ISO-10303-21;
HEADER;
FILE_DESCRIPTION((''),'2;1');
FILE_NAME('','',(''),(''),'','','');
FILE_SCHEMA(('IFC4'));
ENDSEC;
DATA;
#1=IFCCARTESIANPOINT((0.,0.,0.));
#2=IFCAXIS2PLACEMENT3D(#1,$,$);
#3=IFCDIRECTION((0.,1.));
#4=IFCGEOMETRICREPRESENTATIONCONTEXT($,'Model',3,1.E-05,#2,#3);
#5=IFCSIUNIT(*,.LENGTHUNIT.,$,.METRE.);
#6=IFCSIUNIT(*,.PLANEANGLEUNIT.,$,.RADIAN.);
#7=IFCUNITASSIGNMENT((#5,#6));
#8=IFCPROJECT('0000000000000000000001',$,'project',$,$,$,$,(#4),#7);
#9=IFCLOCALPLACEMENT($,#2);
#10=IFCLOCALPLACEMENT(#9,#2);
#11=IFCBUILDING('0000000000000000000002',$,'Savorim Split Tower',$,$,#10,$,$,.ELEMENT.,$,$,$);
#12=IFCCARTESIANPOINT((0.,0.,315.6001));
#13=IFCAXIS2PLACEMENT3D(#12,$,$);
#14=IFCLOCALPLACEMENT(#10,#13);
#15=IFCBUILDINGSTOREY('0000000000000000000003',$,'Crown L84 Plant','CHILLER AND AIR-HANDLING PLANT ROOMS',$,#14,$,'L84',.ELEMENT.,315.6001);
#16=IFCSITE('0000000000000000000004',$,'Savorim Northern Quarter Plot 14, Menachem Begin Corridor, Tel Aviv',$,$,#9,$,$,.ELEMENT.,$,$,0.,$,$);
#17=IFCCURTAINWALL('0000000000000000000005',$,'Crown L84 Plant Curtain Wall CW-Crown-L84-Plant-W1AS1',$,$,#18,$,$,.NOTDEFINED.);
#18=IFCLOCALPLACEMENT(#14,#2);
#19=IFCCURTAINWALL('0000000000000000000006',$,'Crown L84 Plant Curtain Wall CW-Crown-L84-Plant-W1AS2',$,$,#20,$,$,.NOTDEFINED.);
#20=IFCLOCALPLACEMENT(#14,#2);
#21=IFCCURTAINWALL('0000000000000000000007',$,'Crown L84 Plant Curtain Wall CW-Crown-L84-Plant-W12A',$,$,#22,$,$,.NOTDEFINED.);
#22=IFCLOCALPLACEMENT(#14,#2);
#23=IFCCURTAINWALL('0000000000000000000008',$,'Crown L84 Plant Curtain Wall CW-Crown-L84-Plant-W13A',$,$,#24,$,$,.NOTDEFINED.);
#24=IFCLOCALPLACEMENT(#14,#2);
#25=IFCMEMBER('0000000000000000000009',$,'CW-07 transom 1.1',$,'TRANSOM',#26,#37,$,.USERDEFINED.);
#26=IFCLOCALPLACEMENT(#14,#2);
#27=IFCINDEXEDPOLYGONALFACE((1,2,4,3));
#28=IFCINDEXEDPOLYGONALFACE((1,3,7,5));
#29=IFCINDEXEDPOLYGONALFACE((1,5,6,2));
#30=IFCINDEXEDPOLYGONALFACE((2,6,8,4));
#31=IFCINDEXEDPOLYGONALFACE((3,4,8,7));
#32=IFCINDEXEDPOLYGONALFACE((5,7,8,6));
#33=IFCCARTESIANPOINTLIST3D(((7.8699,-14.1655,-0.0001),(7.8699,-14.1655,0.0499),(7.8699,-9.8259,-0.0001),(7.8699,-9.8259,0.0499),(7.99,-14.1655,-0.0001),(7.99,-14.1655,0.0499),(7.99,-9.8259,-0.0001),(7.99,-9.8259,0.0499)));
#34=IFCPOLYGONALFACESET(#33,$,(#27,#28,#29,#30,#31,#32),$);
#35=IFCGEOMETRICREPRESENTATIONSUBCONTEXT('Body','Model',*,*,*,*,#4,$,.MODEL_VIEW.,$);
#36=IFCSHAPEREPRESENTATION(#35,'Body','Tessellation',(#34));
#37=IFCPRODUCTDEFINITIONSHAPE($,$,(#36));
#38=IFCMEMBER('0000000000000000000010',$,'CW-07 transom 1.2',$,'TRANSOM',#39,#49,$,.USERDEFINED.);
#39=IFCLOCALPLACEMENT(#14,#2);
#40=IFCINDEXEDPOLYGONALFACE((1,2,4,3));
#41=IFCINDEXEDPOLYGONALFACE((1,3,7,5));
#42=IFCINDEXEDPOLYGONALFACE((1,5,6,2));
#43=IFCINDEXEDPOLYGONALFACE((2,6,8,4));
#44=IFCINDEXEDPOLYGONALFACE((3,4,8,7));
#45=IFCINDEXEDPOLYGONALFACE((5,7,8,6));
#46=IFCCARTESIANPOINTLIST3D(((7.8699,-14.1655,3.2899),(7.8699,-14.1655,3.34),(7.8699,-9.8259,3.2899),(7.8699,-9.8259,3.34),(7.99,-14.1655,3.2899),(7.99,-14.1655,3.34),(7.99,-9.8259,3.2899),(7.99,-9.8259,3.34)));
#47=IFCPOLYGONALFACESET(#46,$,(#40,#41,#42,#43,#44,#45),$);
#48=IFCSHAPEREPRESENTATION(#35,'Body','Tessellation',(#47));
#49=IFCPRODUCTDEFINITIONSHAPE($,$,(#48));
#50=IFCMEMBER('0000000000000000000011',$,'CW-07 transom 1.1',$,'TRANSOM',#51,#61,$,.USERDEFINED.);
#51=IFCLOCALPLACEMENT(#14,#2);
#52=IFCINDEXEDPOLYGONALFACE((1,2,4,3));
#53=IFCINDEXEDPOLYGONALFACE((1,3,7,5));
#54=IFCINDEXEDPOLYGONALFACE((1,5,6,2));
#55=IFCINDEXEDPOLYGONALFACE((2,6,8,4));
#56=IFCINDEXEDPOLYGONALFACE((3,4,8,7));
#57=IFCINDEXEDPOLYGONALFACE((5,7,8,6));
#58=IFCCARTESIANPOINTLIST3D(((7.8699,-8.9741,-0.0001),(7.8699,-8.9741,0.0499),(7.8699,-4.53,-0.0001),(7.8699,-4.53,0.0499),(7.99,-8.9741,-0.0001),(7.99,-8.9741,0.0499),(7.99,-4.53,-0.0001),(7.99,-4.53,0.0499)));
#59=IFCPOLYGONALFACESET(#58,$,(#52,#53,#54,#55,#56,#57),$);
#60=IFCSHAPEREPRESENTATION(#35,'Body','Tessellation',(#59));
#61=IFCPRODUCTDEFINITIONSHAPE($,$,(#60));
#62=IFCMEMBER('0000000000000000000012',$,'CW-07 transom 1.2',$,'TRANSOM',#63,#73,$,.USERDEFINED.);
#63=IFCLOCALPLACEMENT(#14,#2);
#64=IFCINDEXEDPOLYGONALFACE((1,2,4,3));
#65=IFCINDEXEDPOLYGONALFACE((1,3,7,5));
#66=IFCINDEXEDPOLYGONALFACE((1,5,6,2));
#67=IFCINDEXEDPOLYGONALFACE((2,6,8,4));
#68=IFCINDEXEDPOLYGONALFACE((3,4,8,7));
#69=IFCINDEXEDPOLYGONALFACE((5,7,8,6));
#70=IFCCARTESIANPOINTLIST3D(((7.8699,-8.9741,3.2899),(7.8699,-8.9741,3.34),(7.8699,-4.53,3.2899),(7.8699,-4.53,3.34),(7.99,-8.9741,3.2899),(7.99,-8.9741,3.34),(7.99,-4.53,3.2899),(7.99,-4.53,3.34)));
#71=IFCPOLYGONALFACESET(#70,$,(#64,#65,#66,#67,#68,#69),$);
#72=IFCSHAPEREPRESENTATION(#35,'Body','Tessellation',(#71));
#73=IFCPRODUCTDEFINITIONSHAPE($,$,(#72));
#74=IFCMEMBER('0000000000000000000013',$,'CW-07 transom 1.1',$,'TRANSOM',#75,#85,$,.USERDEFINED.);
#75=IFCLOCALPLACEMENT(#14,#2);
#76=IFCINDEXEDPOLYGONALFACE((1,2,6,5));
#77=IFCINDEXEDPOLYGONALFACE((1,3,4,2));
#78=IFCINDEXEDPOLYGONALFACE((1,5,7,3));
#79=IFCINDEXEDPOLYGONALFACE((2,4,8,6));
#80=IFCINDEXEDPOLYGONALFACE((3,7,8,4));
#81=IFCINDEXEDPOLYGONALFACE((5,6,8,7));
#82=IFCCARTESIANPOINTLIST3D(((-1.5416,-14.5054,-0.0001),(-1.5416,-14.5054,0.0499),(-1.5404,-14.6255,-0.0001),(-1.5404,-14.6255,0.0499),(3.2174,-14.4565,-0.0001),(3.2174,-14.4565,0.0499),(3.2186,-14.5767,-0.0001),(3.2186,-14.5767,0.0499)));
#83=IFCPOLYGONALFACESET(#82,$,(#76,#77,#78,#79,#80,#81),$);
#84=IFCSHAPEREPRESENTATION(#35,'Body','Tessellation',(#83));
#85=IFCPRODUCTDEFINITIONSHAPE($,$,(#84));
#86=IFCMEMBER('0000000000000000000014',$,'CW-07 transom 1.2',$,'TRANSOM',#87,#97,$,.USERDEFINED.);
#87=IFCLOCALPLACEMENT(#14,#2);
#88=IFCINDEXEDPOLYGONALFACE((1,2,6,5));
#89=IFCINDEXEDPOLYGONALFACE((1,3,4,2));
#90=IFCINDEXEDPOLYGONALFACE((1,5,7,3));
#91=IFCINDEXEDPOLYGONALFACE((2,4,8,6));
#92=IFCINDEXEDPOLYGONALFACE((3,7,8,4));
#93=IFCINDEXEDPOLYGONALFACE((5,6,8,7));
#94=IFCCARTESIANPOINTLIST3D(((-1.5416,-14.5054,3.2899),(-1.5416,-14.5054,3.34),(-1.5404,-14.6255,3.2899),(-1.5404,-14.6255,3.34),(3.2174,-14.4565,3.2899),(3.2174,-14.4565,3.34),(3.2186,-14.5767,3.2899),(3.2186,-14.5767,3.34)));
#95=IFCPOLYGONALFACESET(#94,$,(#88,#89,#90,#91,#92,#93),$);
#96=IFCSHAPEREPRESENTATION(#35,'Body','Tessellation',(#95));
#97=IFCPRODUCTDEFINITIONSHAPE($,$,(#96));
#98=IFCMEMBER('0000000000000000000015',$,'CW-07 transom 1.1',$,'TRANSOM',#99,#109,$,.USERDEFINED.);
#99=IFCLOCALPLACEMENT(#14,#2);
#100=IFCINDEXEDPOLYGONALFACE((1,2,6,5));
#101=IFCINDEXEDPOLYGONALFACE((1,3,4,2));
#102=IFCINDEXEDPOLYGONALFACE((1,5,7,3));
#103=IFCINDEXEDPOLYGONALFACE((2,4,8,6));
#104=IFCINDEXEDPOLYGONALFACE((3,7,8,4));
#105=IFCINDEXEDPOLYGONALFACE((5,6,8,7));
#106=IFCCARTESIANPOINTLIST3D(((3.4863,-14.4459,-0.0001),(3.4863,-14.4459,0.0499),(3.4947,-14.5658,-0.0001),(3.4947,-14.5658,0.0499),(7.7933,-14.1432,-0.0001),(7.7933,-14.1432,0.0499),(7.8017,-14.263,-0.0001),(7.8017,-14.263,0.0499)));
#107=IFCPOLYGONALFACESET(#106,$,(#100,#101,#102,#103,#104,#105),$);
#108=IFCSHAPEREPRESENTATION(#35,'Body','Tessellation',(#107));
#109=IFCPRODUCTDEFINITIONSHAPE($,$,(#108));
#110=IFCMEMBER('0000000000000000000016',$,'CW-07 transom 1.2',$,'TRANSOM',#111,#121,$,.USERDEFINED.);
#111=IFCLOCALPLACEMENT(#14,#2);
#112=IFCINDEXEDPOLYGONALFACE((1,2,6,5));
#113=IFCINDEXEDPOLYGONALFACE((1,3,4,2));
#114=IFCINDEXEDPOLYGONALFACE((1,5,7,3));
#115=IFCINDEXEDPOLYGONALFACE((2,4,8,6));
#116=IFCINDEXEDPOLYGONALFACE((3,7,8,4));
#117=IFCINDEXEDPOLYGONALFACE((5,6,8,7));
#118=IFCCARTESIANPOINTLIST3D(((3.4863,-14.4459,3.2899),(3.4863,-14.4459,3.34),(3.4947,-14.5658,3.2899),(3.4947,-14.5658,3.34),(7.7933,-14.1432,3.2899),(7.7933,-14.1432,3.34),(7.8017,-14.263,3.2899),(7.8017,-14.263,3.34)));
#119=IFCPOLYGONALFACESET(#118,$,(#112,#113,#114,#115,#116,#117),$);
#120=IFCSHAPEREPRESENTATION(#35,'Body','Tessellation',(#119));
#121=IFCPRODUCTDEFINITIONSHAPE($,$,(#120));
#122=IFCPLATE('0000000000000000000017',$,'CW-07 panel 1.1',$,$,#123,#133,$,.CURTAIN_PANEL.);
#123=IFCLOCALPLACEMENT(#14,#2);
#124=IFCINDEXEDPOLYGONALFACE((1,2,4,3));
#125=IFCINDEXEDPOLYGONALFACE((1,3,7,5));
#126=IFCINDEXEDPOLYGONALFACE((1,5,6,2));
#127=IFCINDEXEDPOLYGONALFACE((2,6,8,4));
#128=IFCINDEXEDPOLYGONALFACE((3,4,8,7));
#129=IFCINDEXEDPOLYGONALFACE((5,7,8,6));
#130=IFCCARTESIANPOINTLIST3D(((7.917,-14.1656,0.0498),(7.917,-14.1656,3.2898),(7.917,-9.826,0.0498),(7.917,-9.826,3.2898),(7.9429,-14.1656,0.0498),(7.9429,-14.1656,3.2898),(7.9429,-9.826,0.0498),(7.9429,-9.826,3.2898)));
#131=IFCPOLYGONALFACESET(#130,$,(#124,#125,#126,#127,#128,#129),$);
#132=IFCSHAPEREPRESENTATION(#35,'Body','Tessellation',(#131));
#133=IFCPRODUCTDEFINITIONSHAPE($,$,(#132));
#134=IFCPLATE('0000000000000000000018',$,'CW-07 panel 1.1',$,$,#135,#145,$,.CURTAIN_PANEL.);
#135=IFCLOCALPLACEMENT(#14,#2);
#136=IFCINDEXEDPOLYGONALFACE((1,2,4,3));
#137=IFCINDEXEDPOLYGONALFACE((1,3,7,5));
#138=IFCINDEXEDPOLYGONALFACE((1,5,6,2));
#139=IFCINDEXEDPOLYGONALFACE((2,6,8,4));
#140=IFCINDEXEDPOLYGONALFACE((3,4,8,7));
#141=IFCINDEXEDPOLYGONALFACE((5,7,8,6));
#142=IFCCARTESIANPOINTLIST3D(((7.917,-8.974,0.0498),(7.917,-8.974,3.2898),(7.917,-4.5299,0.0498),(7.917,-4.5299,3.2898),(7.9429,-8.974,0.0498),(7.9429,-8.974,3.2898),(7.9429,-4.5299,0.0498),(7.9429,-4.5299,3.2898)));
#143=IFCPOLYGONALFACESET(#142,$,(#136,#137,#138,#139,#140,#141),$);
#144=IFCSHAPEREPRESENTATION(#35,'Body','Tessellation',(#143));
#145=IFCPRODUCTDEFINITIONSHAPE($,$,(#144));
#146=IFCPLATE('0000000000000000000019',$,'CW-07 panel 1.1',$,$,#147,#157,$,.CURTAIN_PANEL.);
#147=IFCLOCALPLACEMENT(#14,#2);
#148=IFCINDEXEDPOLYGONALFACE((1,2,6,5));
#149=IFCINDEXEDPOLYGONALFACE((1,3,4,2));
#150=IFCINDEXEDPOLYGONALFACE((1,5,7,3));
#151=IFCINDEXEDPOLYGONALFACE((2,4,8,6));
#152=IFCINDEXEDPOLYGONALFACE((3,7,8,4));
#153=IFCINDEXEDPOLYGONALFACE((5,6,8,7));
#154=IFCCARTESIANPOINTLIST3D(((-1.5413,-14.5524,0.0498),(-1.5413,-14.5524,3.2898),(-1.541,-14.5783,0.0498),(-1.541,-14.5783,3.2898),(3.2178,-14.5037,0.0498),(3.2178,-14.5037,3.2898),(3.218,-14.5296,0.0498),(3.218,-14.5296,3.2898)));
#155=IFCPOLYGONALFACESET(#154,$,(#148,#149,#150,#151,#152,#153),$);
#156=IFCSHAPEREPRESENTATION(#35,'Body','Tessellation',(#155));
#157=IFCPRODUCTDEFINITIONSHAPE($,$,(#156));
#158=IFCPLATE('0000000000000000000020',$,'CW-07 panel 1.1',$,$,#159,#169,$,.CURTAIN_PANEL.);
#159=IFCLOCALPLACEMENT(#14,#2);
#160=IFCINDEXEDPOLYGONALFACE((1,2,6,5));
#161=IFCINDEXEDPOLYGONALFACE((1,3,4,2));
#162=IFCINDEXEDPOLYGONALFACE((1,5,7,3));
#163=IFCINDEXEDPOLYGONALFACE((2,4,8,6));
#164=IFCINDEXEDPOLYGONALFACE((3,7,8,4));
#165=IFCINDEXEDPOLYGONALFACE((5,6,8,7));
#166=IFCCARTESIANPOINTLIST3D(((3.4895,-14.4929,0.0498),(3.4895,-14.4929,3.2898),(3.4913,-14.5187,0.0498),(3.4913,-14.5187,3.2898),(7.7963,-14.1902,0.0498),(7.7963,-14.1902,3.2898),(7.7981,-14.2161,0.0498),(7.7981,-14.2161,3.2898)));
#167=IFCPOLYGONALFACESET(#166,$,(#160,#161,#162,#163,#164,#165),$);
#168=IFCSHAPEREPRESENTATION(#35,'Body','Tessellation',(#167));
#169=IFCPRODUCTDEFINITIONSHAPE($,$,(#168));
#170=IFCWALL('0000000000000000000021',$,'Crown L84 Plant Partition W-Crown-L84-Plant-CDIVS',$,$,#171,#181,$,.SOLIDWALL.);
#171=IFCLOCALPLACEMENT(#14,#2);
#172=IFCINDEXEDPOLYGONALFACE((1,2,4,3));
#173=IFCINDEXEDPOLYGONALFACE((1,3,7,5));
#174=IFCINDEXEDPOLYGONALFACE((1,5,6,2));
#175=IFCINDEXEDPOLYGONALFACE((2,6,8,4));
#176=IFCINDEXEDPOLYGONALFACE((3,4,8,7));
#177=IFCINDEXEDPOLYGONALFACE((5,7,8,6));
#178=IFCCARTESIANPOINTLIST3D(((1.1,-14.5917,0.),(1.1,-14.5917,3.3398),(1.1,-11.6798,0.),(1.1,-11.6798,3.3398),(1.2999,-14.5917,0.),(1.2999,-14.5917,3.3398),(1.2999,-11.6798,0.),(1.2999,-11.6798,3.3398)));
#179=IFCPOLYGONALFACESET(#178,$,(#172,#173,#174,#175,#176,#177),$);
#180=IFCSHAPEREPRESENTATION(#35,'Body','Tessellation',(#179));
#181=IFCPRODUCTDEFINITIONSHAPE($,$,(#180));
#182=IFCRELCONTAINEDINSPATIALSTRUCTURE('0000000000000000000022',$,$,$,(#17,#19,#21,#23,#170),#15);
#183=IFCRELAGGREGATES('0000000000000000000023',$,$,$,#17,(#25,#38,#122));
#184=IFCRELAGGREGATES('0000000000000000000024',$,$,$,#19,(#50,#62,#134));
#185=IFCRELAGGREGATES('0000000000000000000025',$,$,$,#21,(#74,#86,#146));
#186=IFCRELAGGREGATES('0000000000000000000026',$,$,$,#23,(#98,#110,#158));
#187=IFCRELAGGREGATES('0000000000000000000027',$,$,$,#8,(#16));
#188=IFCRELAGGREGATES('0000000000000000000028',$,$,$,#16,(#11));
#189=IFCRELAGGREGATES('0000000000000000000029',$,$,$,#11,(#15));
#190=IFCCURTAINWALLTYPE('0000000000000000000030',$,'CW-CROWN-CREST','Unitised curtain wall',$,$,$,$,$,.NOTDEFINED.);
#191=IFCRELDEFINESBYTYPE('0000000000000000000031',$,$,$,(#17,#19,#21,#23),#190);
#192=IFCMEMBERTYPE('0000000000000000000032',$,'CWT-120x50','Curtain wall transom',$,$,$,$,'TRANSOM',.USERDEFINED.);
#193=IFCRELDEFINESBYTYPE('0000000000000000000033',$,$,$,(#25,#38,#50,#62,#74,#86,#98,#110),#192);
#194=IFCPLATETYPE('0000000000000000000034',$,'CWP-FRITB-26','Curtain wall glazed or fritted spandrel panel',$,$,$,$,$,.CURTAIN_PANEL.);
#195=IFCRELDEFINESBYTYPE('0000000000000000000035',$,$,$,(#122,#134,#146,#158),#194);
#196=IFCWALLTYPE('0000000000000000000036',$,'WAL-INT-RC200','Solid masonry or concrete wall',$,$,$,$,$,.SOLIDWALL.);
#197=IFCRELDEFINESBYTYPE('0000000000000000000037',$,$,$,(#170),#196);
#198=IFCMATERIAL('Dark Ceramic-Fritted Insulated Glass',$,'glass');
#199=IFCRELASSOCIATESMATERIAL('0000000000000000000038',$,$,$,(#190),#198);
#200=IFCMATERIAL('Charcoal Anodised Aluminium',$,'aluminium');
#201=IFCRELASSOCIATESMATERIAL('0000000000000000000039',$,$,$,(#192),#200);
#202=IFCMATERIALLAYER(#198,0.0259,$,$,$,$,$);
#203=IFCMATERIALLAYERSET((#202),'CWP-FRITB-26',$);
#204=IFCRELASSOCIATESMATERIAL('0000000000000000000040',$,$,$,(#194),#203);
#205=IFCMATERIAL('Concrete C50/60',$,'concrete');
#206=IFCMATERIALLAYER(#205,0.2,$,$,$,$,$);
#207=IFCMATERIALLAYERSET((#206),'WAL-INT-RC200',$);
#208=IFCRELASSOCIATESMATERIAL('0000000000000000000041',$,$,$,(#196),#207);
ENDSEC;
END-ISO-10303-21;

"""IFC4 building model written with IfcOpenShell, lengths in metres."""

from ifc_helpers import new_model, si_unit, direction, frame, frame_2d, origin, origin_2d, place, context, subcontext, project, spatial, rectangle, extrude, material, layer, layer_set, material_profile, profile_set, type_object, element, aggregate, save


model = new_model("IFC4")

# Units and contexts
model_context = context("Model", 3, precision=1e-05, world=origin(), true_north=direction((0.0, 1.0)))
body_context = subcontext(model_context, "Body", "Model", "MODEL_VIEW")
ifc_project = project(units=[si_unit("LENGTHUNIT", "METRE"), si_unit("PLANEANGLEUNIT", "RADIAN")], contexts=[model_context])

# Site, building, storey
site_placement = place(None, origin())
site = spatial("IfcSite", under=ifc_project, at=site_placement, Name="Savorim Northern Quarter Plot 14, Menachem Begin Corridor, Tel Aviv", CompositionType="ELEMENT", RefElevation=0.0)
building_placement = place(site_placement, origin())
building = spatial("IfcBuilding", under=site, at=building_placement, Name="Savorim Split Tower", CompositionType="ELEMENT")
storey_placement = place(building_placement, frame((0.0, 0.0, 315.6001)))
storey = spatial("IfcBuildingStorey", under=building, at=storey_placement, Name="Crown L84 Plant", Description="CHILLER AND AIR-HANDLING PLANT ROOMS", LongName="L84", CompositionType="ELEMENT", Elevation=315.6001)

# Curtain wall
ifc_material_1 = material(Name="Dark Ceramic-Fritted Insulated Glass", Category="glass")
curtain_wall_type = type_object("IfcCurtainWallType", Name="CW-CROWN-CREST", Description="Unitised curtain wall", PredefinedType="NOTDEFINED", material=ifc_material_1)
curtain_wall_1_placement = place(storey_placement, origin())
curtain_wall_1 = element("IfcCurtainWall", 1, at=curtain_wall_1_placement, inside=storey, type_object=curtain_wall_type, Name="Crown L84 Plant Curtain Wall CW-Crown-L84-Plant-W1AS1", PredefinedType="NOTDEFINED")
ifc_material_2 = material(Name="Charcoal Anodised Aluminium", Category="aluminium")

# Curtain wall
curtain_wall_2_placement = place(storey_placement, origin())
curtain_wall_2 = element("IfcCurtainWall", 2, at=curtain_wall_2_placement, inside=storey, type_object=curtain_wall_type, Name="Crown L84 Plant Curtain Wall CW-Crown-L84-Plant-W1AS2", PredefinedType="NOTDEFINED")

# Curtain walls
curtain_wall_3_placement = place(storey_placement, origin())
curtain_wall_3 = element("IfcCurtainWall", 3, at=curtain_wall_3_placement, inside=storey, type_object=curtain_wall_type, Name="Crown L84 Plant Curtain Wall CW-Crown-L84-Plant-W12A", PredefinedType="NOTDEFINED")
curtain_wall_4_placement = place(storey_placement, origin())
curtain_wall_4 = element("IfcCurtainWall", 4, at=curtain_wall_4_placement, inside=storey, type_object=curtain_wall_type, Name="Crown L84 Plant Curtain Wall CW-Crown-L84-Plant-W13A", PredefinedType="NOTDEFINED")

# Members
ifc_material_profile_1 = material_profile(ifc_material_2, rectangle(XDim=0.1201, YDim=0.05, at=origin_2d()), Name="ALU-T 120x50")
ifc_profile_set_1 = profile_set([ifc_material_profile_1], Name="Charcoal Anodised Aluminium")
member_type_1 = type_object("IfcMemberType", Name="CWT-120x50", Description="Curtain wall transom", ElementType="TRANSOM", PredefinedType="USERDEFINED", material=ifc_profile_set_1)
member_1_placement = place(storey_placement, frame((7.9299, -14.1655, 0.0249), z_axis=(0.0, 1.0, 0.0), x_axis=(-1.0, 0.0, 0.0)))
member_1 = element("IfcMember", 5, at=member_1_placement, type_object=member_type_1, Name="CW-07 transom 1.1", ObjectType="TRANSOM", PredefinedType="USERDEFINED", context=body_context, shape_type="SweptSolid", body=[
    extrude(rectangle(XDim=0.1201, YDim=0.05, at=origin_2d()), origin(), (0.0, 0.0, 1.0), 4.3396),
])
member_2_placement = place(storey_placement, frame((7.9299, -14.1655, 3.3149), z_axis=(0.0, 1.0, 0.0), x_axis=(-1.0, 0.0, 0.0)))
member_2 = element("IfcMember", 6, at=member_2_placement, type_object=member_type_1, Name="CW-07 transom 1.2", ObjectType="TRANSOM", PredefinedType="USERDEFINED", context=body_context, shape_type="SweptSolid", body=[
    extrude(rectangle(XDim=0.1201, YDim=0.05, at=origin_2d()), origin(), (0.0, 0.0, 1.0), 4.3396),
])
member_3_placement = place(storey_placement, frame((7.9299, -8.9741, 0.0249), z_axis=(0.0, 1.0, 0.0), x_axis=(-1.0, 0.0, 0.0)))
member_3 = element("IfcMember", 7, at=member_3_placement, type_object=member_type_1, Name="CW-07 transom 1.1", ObjectType="TRANSOM", PredefinedType="USERDEFINED", context=body_context, shape_type="SweptSolid", body=[
    extrude(rectangle(XDim=0.1201, YDim=0.05, at=origin_2d()), origin(), (0.0, 0.0, 1.0), 4.4441),
])
member_4_placement = place(storey_placement, frame((7.9299, -8.9741, 3.3149), z_axis=(0.0, 1.0, 0.0), x_axis=(-1.0, 0.0, 0.0)))
member_4 = element("IfcMember", 8, at=member_4_placement, type_object=member_type_1, Name="CW-07 transom 1.2", ObjectType="TRANSOM", PredefinedType="USERDEFINED", context=body_context, shape_type="SweptSolid", body=[
    extrude(rectangle(XDim=0.1201, YDim=0.05, at=origin_2d()), origin(), (0.0, 0.0, 1.0), 4.4441),
])
member_5_placement = place(storey_placement, frame((-1.541, -14.5654, 0.0249), z_axis=(0.999947, 0.01026, 0.0), x_axis=(-0.01026, 0.999947, 0.0)))
member_5 = element("IfcMember", 9, at=member_5_placement, type_object=member_type_1, Name="CW-07 transom 1.1", ObjectType="TRANSOM", PredefinedType="USERDEFINED", context=body_context, shape_type="SweptSolid", body=[
    extrude(rectangle(XDim=0.1201, YDim=0.05, at=origin_2d()), origin(), (0.0, 0.0, 1.0), 4.7593),
])
member_6_placement = place(storey_placement, frame((-1.541, -14.5654, 3.3149), z_axis=(0.999947, 0.01026, 0.0), x_axis=(-0.01026, 0.999947, 0.0)))
member_6 = element("IfcMember", 10, at=member_6_placement, type_object=member_type_1, Name="CW-07 transom 1.2", ObjectType="TRANSOM", PredefinedType="USERDEFINED", context=body_context, shape_type="SweptSolid", body=[
    extrude(rectangle(XDim=0.1201, YDim=0.05, at=origin_2d()), origin(), (0.0, 0.0, 1.0), 4.7593),
])
member_7_placement = place(storey_placement, frame((3.4905, -14.5059, 0.0249), z_axis=(0.997539, 0.070118, 0.0), x_axis=(-0.070118, 0.997539, 0.0)))
member_7 = element("IfcMember", 11, at=member_7_placement, type_object=member_type_1, Name="CW-07 transom 1.1", ObjectType="TRANSOM", PredefinedType="USERDEFINED", context=body_context, shape_type="SweptSolid", body=[
    extrude(rectangle(XDim=0.1201, YDim=0.05, at=origin_2d()), origin(), (0.0, 0.0, 1.0), 4.3176),
])
member_8_placement = place(storey_placement, frame((3.4905, -14.5059, 3.3149), z_axis=(0.997539, 0.070118, 0.0), x_axis=(-0.070118, 0.997539, 0.0)))
member_8 = element("IfcMember", 12, at=member_8_placement, type_object=member_type_1, Name="CW-07 transom 1.2", ObjectType="TRANSOM", PredefinedType="USERDEFINED", context=body_context, shape_type="SweptSolid", body=[
    extrude(rectangle(XDim=0.1201, YDim=0.05, at=origin_2d()), origin(), (0.0, 0.0, 1.0), 4.3176),
])

# Plates
ifc_layer_1 = layer(ifc_material_1, 0.0259)
ifc_layer_set_1 = layer_set([ifc_layer_1], Name="CWP-FRITB-26")
plate_type = type_object("IfcPlateType", Name="CWP-FRITB-26", Description="Curtain wall glazed or fritted spandrel panel", PredefinedType="CURTAIN_PANEL", material=ifc_layer_set_1)
plate_1_placement = place(storey_placement, frame((7.9299, -11.9958, 0.0498), z_axis=(0.0, 0.0, 1.0), x_axis=(0.0, 1.0, 0.0)))
plate_1 = element("IfcPlate", 13, at=plate_1_placement, type_object=plate_type, Name="CW-07 panel 1.1", PredefinedType="CURTAIN_PANEL", context=body_context, shape_type="SweptSolid", body=[
    extrude(rectangle(XDim=4.3396, YDim=0.0259, at=origin_2d()), origin(), (0.0, 0.0, 1.0), 3.24),
])
aggregate(curtain_wall_1, [member_1, member_2, plate_1])
plate_2_placement = place(storey_placement, frame((7.9299, -6.752, 0.0498), z_axis=(0.0, 0.0, 1.0), x_axis=(0.0, 1.0, 0.0)))
plate_2 = element("IfcPlate", 14, at=plate_2_placement, type_object=plate_type, Name="CW-07 panel 1.1", PredefinedType="CURTAIN_PANEL", context=body_context, shape_type="SweptSolid", body=[
    extrude(rectangle(XDim=4.4441, YDim=0.0259, at=origin_2d()), origin(), (0.0, 0.0, 1.0), 3.24),
])
aggregate(curtain_wall_2, [member_3, member_4, plate_2])
plate_3_placement = place(storey_placement, frame((0.8384, -14.541, 0.0498), z_axis=(0.0, 0.0, 1.0), x_axis=(0.999948, 0.010227, 0.0)))
plate_3 = element("IfcPlate", 15, at=plate_3_placement, type_object=plate_type, Name="CW-07 panel 1.1", PredefinedType="CURTAIN_PANEL", context=body_context, shape_type="SweptSolid", body=[
    extrude(rectangle(XDim=4.7593, YDim=0.0259, at=origin_2d()), origin(), (0.0, 0.0, 1.0), 3.24),
])
aggregate(curtain_wall_3, [member_5, member_6, plate_3])
plate_4_placement = place(storey_placement, frame((5.6438, -14.3545, 0.0498), z_axis=(0.0, 0.0, 1.0), x_axis=(0.997539, 0.070108, 0.0)))
plate_4 = element("IfcPlate", 16, at=plate_4_placement, type_object=plate_type, Name="CW-07 panel 1.1", PredefinedType="CURTAIN_PANEL", context=body_context, shape_type="SweptSolid", body=[
    extrude(rectangle(XDim=4.3174, YDim=0.0259, at=origin_2d()), origin(), (0.0, 0.0, 1.0), 3.24),
])
aggregate(curtain_wall_4, [member_7, member_8, plate_4])

# Wall
ifc_material_3 = material(Name="Concrete C50/60", Category="concrete")
ifc_layer_2 = layer(ifc_material_3, 0.2)
ifc_layer_set_2 = layer_set([ifc_layer_2], Name="WAL-INT-RC200")
wall_type_1 = type_object("IfcWallType", Name="WAL-INT-RC200", Description="Solid masonry or concrete wall", PredefinedType="SOLIDWALL", material=ifc_layer_set_2)
wall_1_placement = place(storey_placement, frame((1.2, -14.5918, 0.0), z_axis=(0.0, 0.0, 1.0), x_axis=(0.0, 1.0, 0.0)))
element("IfcWall", 17, at=wall_1_placement, inside=storey, type_object=wall_type_1, Name="Crown L84 Plant Partition W-Crown-L84-Plant-CDIVS", PredefinedType="SOLIDWALL", context=body_context, shape_type="SweptSolid", body=[
    extrude(rectangle(XDim=2.9119, YDim=0.2, at=frame_2d((1.4561, 0.0))), origin(), (0.0, 0.0, 1.0), 3.3398),
])

save(model, "model.ifc")
